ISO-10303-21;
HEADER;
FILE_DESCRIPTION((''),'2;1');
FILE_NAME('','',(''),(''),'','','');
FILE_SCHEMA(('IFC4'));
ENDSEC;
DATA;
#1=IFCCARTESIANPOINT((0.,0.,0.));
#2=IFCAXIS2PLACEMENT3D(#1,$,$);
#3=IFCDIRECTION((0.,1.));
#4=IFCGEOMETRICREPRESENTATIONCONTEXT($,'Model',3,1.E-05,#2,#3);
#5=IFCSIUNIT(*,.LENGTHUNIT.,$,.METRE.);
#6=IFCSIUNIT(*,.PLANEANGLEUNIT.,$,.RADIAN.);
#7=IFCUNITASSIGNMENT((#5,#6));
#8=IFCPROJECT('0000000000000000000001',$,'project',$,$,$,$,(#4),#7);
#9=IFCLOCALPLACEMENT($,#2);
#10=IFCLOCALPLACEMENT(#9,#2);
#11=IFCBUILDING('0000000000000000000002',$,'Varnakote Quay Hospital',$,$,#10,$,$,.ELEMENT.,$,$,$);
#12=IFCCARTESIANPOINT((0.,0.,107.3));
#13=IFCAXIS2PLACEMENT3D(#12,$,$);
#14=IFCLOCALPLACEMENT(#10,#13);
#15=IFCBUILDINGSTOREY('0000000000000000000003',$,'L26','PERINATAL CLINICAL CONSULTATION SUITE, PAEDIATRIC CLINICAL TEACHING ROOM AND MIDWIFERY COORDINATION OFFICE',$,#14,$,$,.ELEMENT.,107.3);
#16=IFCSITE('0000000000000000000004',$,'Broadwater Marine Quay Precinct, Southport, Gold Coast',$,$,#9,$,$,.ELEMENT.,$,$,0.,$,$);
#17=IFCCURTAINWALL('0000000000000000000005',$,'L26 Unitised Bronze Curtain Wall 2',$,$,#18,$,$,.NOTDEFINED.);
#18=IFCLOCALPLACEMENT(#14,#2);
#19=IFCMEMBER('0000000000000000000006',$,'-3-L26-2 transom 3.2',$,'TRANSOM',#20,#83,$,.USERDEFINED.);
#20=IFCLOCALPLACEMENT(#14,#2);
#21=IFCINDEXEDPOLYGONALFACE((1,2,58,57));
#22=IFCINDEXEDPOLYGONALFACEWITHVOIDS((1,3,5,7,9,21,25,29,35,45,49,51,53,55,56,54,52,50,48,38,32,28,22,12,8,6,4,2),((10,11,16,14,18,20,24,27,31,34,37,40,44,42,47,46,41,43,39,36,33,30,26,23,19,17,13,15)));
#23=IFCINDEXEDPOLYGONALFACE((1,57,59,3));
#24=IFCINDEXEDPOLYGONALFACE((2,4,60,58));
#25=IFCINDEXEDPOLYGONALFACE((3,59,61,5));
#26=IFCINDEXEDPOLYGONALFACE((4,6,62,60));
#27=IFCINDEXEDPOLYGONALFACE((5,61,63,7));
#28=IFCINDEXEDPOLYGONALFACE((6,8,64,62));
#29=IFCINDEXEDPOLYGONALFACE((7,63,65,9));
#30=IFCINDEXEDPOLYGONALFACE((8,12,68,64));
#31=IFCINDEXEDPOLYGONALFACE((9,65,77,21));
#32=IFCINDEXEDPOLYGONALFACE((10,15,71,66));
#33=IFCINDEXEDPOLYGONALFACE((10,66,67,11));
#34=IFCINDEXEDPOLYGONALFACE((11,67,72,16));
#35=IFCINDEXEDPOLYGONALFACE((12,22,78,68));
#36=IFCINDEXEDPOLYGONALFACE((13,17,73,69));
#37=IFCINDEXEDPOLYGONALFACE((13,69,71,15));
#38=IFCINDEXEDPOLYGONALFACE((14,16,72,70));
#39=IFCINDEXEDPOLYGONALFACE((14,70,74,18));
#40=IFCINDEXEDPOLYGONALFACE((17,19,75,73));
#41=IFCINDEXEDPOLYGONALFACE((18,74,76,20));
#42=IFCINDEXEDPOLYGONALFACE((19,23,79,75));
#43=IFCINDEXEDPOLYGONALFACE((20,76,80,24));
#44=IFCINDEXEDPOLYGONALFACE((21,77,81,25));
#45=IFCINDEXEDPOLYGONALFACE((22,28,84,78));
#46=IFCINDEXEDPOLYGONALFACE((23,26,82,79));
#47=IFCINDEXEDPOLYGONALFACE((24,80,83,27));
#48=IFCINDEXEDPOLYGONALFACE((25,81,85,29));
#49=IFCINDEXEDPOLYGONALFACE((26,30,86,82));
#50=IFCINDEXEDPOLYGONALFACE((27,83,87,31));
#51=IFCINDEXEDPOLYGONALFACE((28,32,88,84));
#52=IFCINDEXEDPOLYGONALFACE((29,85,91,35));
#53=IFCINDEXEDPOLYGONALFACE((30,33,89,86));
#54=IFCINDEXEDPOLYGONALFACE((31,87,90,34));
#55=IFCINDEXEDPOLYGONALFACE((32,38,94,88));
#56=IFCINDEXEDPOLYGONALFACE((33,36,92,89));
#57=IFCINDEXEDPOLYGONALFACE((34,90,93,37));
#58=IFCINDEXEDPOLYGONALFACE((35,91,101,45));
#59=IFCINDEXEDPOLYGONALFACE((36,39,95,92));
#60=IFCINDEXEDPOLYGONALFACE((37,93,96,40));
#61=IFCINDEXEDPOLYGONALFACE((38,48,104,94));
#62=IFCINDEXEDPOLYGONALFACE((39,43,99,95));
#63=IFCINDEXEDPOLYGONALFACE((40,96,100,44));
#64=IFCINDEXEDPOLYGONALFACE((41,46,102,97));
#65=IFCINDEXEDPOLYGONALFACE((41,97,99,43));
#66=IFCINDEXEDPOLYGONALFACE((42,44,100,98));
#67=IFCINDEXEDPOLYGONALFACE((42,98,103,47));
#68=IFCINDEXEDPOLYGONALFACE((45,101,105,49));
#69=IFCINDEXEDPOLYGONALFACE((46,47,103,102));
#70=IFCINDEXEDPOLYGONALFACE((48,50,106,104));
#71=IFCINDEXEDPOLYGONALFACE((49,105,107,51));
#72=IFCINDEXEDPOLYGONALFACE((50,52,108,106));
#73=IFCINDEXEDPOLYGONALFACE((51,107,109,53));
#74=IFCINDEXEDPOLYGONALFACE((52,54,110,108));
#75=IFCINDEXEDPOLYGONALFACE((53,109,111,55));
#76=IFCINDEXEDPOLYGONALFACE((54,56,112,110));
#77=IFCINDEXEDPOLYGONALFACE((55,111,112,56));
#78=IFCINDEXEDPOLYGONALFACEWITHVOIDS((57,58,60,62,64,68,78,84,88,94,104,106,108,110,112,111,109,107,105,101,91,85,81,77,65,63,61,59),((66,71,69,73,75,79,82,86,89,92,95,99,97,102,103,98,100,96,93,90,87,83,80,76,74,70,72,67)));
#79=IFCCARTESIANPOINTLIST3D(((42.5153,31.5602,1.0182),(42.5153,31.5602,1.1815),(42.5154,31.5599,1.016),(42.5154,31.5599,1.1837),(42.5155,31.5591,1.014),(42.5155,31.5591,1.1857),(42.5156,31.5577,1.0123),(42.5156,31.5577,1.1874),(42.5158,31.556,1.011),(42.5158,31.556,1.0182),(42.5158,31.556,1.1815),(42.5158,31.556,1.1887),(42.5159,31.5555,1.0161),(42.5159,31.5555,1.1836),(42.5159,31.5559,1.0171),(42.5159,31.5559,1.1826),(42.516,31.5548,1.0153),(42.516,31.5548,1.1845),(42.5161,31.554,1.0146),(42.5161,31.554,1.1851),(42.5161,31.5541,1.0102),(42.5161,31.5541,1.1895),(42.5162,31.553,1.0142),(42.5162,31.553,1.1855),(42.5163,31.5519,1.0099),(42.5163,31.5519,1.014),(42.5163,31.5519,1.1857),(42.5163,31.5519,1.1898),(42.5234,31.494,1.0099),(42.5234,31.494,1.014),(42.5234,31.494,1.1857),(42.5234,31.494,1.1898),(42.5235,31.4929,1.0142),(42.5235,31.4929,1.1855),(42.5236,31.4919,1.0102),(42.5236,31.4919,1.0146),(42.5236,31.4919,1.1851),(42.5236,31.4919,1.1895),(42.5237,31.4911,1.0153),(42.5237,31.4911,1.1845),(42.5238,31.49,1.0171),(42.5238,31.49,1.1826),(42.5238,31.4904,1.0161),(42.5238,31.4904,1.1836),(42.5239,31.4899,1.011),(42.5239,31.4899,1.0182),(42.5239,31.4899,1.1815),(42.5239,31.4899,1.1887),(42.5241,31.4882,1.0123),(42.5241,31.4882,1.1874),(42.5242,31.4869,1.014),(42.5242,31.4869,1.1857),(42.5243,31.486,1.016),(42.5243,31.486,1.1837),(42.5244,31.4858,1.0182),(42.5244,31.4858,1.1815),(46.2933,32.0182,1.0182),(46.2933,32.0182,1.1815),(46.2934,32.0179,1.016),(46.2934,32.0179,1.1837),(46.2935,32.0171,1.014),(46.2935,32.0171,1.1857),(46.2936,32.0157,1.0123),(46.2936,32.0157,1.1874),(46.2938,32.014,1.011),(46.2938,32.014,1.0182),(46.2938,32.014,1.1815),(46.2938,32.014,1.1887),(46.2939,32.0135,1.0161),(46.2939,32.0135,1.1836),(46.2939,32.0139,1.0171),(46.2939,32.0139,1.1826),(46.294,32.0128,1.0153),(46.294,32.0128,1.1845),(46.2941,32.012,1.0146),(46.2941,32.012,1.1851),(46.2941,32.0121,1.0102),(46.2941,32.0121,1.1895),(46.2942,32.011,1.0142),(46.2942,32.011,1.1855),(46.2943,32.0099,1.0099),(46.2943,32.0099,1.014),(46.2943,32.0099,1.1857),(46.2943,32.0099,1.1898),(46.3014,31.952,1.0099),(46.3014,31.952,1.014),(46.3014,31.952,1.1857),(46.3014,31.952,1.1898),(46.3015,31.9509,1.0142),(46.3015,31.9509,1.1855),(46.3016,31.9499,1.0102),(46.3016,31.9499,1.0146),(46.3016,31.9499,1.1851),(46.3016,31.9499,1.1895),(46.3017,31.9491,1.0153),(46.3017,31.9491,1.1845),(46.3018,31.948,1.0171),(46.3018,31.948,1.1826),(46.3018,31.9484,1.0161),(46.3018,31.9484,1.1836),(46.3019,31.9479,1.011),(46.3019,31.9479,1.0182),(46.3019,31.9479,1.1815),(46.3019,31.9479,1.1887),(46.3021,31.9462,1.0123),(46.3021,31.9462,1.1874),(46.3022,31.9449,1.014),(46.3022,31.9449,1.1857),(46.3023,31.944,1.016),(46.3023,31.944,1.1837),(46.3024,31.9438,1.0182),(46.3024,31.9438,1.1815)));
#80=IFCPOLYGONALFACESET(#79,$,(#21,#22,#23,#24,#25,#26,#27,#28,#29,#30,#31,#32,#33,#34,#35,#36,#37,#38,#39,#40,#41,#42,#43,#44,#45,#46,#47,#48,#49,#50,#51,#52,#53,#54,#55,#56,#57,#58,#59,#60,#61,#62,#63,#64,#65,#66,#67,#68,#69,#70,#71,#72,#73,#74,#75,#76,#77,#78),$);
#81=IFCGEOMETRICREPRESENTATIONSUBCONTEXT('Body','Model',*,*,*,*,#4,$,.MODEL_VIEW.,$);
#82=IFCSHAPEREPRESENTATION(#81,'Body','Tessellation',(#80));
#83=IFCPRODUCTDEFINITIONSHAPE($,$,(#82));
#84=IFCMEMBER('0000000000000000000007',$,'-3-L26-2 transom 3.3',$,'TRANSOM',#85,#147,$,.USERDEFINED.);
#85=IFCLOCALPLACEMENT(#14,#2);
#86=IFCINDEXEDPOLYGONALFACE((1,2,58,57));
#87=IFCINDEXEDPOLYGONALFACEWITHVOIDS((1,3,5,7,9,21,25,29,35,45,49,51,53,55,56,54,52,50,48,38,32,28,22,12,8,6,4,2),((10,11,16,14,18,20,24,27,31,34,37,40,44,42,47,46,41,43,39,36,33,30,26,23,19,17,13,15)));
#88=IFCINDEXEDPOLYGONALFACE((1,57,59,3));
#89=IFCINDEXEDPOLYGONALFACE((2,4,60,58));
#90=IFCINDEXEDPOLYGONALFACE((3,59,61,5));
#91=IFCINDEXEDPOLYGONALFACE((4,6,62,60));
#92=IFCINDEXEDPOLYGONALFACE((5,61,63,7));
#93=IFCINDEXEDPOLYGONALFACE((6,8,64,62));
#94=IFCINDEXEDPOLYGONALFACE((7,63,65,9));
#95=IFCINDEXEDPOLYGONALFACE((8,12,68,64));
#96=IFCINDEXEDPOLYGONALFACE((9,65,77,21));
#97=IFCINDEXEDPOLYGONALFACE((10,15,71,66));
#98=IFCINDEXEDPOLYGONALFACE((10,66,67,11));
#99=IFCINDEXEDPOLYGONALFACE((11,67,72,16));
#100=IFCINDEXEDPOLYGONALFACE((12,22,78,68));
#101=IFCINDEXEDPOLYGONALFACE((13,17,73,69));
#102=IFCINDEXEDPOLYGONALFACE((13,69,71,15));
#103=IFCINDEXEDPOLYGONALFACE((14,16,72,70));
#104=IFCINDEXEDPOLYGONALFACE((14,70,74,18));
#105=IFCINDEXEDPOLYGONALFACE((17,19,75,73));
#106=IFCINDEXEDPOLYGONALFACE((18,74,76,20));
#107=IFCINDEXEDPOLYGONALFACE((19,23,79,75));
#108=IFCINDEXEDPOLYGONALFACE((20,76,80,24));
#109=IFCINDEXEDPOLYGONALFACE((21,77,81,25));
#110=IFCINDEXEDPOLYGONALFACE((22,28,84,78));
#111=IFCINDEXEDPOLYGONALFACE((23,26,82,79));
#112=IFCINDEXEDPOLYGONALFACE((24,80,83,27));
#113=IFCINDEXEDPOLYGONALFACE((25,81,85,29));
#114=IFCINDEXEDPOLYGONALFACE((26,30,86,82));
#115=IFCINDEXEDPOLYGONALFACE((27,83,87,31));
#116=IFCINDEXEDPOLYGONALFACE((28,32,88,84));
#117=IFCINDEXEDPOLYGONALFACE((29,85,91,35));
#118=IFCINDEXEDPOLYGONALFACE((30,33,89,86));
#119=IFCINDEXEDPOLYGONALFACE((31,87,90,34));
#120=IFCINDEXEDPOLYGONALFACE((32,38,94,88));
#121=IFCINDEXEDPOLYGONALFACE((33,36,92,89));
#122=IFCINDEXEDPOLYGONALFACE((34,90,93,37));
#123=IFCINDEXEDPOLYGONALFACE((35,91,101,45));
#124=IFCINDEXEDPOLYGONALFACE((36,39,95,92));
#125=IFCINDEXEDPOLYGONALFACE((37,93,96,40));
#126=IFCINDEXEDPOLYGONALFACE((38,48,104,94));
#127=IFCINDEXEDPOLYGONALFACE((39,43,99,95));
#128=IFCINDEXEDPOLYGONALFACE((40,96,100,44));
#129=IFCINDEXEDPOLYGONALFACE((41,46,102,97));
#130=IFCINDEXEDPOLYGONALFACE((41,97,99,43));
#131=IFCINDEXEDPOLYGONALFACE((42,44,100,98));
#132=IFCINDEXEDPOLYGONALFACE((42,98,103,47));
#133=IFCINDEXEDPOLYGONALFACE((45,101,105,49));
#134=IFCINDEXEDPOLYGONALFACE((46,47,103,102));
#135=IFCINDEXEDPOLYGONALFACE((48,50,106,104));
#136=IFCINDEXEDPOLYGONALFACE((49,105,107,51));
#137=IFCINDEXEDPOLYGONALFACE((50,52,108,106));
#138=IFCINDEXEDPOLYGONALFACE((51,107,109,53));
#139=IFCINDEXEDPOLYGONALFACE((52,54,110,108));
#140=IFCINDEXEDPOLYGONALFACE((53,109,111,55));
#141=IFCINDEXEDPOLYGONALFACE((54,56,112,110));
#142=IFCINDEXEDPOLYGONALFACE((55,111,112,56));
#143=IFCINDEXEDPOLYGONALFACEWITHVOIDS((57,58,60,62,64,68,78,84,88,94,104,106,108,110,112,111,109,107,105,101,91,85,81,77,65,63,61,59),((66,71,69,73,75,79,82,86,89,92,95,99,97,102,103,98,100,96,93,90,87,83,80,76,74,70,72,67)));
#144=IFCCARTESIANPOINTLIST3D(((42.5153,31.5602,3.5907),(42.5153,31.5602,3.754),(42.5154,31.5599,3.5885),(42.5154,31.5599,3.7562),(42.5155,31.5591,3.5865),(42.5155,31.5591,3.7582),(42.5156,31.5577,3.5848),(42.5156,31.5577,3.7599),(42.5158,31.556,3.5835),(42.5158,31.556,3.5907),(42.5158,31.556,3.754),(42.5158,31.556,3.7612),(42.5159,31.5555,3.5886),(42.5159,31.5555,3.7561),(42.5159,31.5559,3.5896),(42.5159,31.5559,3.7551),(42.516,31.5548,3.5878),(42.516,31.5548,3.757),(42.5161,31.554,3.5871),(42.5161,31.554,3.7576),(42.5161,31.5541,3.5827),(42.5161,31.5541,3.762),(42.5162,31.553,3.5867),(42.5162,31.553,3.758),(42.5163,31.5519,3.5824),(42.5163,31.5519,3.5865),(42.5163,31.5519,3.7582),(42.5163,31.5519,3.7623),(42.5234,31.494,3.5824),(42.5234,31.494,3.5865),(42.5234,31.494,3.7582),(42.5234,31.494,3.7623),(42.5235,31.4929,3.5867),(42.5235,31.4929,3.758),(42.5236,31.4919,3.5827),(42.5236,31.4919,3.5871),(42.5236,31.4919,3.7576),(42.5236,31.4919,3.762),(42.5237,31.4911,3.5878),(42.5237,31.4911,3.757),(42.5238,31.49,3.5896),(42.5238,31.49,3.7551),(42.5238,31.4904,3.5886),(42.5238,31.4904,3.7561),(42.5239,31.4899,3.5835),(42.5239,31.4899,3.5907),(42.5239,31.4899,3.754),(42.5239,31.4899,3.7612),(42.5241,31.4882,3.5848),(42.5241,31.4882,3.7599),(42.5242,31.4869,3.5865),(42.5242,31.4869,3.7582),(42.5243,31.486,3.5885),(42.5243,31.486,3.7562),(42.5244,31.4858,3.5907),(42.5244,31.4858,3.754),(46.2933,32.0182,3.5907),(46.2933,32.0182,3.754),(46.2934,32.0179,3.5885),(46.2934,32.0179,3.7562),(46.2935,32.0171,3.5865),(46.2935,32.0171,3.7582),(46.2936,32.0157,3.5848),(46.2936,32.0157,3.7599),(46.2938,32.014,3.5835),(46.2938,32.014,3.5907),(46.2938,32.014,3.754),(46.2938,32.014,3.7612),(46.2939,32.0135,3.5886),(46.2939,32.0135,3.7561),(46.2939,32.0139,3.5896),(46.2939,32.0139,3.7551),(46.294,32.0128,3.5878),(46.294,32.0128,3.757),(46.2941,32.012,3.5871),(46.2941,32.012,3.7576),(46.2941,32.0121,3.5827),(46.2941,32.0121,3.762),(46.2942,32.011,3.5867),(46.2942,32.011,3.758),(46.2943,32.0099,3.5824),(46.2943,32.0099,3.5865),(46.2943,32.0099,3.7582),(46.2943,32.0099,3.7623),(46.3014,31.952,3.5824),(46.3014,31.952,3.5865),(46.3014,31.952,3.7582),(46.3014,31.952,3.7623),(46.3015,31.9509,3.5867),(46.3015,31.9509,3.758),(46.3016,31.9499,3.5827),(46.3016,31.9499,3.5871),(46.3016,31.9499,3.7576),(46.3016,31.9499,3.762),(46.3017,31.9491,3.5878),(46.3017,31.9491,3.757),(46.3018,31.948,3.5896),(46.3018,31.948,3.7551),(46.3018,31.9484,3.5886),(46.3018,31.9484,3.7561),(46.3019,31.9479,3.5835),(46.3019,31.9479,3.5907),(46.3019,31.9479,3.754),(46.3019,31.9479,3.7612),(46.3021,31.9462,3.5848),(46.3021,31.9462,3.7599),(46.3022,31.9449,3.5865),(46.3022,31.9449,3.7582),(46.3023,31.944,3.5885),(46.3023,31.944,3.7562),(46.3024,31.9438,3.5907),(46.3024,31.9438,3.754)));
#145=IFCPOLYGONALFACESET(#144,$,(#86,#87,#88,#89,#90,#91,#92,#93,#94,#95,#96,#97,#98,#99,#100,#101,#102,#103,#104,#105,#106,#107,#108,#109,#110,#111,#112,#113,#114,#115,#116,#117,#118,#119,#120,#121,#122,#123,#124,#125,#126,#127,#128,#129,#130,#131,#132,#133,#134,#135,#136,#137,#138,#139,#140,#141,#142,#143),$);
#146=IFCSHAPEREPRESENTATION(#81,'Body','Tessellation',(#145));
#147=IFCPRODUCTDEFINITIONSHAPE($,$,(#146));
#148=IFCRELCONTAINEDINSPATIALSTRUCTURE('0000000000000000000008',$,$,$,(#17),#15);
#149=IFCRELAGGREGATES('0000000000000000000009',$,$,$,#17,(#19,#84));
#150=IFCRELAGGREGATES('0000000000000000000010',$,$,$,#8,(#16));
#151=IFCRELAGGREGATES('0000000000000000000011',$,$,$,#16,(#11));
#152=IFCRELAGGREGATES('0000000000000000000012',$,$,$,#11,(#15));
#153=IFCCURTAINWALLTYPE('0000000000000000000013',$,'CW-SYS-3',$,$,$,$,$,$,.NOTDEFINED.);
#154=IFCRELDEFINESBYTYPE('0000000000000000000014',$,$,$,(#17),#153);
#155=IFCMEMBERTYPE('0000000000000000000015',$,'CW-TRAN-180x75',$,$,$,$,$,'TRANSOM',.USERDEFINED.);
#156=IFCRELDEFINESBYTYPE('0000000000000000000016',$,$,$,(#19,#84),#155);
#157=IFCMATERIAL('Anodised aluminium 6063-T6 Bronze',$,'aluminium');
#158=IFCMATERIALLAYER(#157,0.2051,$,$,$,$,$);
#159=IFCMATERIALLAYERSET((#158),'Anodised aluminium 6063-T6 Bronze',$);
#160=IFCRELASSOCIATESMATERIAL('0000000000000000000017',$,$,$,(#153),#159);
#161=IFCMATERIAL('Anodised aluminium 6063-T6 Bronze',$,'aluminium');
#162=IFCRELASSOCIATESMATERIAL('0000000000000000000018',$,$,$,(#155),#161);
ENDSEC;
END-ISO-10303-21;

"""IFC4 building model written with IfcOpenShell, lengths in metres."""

from ifc_helpers import new_model, si_unit, direction, frame, origin, origin_2d, place, context, subcontext, project, spatial, hollow_rectangle, extrude, material, layer, layer_set, material_profile, profile_set, type_object, element, aggregate, save


model = new_model("IFC4")

# Units and contexts
model_context = context("Model", 3, precision=1e-05, world=origin(), true_north=direction((0.0, 1.0)))
body_context = subcontext(model_context, "Body", "Model", "MODEL_VIEW")
ifc_project = project(units=[si_unit("LENGTHUNIT", "METRE"), si_unit("PLANEANGLEUNIT", "RADIAN")], contexts=[model_context])

# Site, building, storey
site_placement = place(None, origin())
site = spatial("IfcSite", under=ifc_project, at=site_placement, Name="Broadwater Marine Quay Precinct, Southport, Gold Coast", CompositionType="ELEMENT", RefElevation=0.0)
building_placement = place(site_placement, origin())
building = spatial("IfcBuilding", under=site, at=building_placement, Name="Varnakote Quay Hospital", CompositionType="ELEMENT")
storey_placement = place(building_placement, frame((0.0, 0.0, 107.3)))
storey = spatial("IfcBuildingStorey", under=building, at=storey_placement, Name="L26", Description="PERINATAL CLINICAL CONSULTATION SUITE, PAEDIATRIC CLINICAL TEACHING ROOM AND MIDWIFERY COORDINATION OFFICE", CompositionType="ELEMENT", Elevation=107.3)

# Curtain wall, members
ifc_material_1 = material(Name="Anodised aluminium 6063-T6 Bronze", Category="aluminium")
ifc_layer_1 = layer(ifc_material_1, 0.2051)
ifc_layer_set_1 = layer_set([ifc_layer_1], Name="Anodised aluminium 6063-T6 Bronze")
curtain_wall_type = type_object("IfcCurtainWallType", Name="CW-SYS-3", PredefinedType="NOTDEFINED", material=ifc_layer_set_1)
curtain_wall_placement = place(storey_placement, origin())
curtain_wall = element("IfcCurtainWall", 1, at=curtain_wall_placement, inside=storey, type_object=curtain_wall_type, Name="L26 Unitised Bronze Curtain Wall 2", PredefinedType="NOTDEFINED")
ifc_material_2 = material(Name="Anodised aluminium 6063-T6 Bronze", Category="aluminium")
ifc_material_profile_1 = material_profile(ifc_material_2, hollow_rectangle(XDim=0.075, YDim=0.1799, WallThickness=0.0042, InnerFilletRadius=0.0042, OuterFilletRadius=0.0083, at=origin_2d()), Name="CW-TRAN-180x75")
ifc_profile_set_1 = profile_set([ifc_material_profile_1], Name="Anodised aluminium 6063-T6 Bronze")
member_type_1 = type_object("IfcMemberType", Name="CW-TRAN-180x75", ElementType="TRANSOM", PredefinedType="USERDEFINED", material=ifc_profile_set_1)
member_1_placement = place(storey_placement, frame((46.2979, 31.981, 1.0999), z_axis=(-0.992732, -0.120347, 0.0), x_axis=(0.120347, -0.992732, 0.0)))
member_1 = element("IfcMember", 2, at=member_1_placement, type_object=member_type_1, Name="-3-L26-2 transom 3.2", ObjectType="TRANSOM", PredefinedType="USERDEFINED", context=body_context, shape_type="SweptSolid", body=[
    extrude(hollow_rectangle(XDim=0.075, YDim=0.1799, WallThickness=0.0042, InnerFilletRadius=0.0042, OuterFilletRadius=0.0083, at=origin_2d()), origin(), (0.0, 0.0, 1.0), 3.8057),
])
member_2_placement = place(storey_placement, frame((46.2979, 31.981, 3.6724), z_axis=(-0.992732, -0.120347, 0.0), x_axis=(0.120347, -0.992732, 0.0)))
member_2 = element("IfcMember", 3, at=member_2_placement, type_object=member_type_1, Name="-3-L26-2 transom 3.3", ObjectType="TRANSOM", PredefinedType="USERDEFINED", context=body_context, shape_type="SweptSolid", body=[
    extrude(hollow_rectangle(XDim=0.075, YDim=0.1799, WallThickness=0.0042, InnerFilletRadius=0.0042, OuterFilletRadius=0.0083, at=origin_2d()), origin(), (0.0, 0.0, 1.0), 3.8057),
])

aggregate(curtain_wall, [member_1, member_2])

save(model, "model.ifc")
